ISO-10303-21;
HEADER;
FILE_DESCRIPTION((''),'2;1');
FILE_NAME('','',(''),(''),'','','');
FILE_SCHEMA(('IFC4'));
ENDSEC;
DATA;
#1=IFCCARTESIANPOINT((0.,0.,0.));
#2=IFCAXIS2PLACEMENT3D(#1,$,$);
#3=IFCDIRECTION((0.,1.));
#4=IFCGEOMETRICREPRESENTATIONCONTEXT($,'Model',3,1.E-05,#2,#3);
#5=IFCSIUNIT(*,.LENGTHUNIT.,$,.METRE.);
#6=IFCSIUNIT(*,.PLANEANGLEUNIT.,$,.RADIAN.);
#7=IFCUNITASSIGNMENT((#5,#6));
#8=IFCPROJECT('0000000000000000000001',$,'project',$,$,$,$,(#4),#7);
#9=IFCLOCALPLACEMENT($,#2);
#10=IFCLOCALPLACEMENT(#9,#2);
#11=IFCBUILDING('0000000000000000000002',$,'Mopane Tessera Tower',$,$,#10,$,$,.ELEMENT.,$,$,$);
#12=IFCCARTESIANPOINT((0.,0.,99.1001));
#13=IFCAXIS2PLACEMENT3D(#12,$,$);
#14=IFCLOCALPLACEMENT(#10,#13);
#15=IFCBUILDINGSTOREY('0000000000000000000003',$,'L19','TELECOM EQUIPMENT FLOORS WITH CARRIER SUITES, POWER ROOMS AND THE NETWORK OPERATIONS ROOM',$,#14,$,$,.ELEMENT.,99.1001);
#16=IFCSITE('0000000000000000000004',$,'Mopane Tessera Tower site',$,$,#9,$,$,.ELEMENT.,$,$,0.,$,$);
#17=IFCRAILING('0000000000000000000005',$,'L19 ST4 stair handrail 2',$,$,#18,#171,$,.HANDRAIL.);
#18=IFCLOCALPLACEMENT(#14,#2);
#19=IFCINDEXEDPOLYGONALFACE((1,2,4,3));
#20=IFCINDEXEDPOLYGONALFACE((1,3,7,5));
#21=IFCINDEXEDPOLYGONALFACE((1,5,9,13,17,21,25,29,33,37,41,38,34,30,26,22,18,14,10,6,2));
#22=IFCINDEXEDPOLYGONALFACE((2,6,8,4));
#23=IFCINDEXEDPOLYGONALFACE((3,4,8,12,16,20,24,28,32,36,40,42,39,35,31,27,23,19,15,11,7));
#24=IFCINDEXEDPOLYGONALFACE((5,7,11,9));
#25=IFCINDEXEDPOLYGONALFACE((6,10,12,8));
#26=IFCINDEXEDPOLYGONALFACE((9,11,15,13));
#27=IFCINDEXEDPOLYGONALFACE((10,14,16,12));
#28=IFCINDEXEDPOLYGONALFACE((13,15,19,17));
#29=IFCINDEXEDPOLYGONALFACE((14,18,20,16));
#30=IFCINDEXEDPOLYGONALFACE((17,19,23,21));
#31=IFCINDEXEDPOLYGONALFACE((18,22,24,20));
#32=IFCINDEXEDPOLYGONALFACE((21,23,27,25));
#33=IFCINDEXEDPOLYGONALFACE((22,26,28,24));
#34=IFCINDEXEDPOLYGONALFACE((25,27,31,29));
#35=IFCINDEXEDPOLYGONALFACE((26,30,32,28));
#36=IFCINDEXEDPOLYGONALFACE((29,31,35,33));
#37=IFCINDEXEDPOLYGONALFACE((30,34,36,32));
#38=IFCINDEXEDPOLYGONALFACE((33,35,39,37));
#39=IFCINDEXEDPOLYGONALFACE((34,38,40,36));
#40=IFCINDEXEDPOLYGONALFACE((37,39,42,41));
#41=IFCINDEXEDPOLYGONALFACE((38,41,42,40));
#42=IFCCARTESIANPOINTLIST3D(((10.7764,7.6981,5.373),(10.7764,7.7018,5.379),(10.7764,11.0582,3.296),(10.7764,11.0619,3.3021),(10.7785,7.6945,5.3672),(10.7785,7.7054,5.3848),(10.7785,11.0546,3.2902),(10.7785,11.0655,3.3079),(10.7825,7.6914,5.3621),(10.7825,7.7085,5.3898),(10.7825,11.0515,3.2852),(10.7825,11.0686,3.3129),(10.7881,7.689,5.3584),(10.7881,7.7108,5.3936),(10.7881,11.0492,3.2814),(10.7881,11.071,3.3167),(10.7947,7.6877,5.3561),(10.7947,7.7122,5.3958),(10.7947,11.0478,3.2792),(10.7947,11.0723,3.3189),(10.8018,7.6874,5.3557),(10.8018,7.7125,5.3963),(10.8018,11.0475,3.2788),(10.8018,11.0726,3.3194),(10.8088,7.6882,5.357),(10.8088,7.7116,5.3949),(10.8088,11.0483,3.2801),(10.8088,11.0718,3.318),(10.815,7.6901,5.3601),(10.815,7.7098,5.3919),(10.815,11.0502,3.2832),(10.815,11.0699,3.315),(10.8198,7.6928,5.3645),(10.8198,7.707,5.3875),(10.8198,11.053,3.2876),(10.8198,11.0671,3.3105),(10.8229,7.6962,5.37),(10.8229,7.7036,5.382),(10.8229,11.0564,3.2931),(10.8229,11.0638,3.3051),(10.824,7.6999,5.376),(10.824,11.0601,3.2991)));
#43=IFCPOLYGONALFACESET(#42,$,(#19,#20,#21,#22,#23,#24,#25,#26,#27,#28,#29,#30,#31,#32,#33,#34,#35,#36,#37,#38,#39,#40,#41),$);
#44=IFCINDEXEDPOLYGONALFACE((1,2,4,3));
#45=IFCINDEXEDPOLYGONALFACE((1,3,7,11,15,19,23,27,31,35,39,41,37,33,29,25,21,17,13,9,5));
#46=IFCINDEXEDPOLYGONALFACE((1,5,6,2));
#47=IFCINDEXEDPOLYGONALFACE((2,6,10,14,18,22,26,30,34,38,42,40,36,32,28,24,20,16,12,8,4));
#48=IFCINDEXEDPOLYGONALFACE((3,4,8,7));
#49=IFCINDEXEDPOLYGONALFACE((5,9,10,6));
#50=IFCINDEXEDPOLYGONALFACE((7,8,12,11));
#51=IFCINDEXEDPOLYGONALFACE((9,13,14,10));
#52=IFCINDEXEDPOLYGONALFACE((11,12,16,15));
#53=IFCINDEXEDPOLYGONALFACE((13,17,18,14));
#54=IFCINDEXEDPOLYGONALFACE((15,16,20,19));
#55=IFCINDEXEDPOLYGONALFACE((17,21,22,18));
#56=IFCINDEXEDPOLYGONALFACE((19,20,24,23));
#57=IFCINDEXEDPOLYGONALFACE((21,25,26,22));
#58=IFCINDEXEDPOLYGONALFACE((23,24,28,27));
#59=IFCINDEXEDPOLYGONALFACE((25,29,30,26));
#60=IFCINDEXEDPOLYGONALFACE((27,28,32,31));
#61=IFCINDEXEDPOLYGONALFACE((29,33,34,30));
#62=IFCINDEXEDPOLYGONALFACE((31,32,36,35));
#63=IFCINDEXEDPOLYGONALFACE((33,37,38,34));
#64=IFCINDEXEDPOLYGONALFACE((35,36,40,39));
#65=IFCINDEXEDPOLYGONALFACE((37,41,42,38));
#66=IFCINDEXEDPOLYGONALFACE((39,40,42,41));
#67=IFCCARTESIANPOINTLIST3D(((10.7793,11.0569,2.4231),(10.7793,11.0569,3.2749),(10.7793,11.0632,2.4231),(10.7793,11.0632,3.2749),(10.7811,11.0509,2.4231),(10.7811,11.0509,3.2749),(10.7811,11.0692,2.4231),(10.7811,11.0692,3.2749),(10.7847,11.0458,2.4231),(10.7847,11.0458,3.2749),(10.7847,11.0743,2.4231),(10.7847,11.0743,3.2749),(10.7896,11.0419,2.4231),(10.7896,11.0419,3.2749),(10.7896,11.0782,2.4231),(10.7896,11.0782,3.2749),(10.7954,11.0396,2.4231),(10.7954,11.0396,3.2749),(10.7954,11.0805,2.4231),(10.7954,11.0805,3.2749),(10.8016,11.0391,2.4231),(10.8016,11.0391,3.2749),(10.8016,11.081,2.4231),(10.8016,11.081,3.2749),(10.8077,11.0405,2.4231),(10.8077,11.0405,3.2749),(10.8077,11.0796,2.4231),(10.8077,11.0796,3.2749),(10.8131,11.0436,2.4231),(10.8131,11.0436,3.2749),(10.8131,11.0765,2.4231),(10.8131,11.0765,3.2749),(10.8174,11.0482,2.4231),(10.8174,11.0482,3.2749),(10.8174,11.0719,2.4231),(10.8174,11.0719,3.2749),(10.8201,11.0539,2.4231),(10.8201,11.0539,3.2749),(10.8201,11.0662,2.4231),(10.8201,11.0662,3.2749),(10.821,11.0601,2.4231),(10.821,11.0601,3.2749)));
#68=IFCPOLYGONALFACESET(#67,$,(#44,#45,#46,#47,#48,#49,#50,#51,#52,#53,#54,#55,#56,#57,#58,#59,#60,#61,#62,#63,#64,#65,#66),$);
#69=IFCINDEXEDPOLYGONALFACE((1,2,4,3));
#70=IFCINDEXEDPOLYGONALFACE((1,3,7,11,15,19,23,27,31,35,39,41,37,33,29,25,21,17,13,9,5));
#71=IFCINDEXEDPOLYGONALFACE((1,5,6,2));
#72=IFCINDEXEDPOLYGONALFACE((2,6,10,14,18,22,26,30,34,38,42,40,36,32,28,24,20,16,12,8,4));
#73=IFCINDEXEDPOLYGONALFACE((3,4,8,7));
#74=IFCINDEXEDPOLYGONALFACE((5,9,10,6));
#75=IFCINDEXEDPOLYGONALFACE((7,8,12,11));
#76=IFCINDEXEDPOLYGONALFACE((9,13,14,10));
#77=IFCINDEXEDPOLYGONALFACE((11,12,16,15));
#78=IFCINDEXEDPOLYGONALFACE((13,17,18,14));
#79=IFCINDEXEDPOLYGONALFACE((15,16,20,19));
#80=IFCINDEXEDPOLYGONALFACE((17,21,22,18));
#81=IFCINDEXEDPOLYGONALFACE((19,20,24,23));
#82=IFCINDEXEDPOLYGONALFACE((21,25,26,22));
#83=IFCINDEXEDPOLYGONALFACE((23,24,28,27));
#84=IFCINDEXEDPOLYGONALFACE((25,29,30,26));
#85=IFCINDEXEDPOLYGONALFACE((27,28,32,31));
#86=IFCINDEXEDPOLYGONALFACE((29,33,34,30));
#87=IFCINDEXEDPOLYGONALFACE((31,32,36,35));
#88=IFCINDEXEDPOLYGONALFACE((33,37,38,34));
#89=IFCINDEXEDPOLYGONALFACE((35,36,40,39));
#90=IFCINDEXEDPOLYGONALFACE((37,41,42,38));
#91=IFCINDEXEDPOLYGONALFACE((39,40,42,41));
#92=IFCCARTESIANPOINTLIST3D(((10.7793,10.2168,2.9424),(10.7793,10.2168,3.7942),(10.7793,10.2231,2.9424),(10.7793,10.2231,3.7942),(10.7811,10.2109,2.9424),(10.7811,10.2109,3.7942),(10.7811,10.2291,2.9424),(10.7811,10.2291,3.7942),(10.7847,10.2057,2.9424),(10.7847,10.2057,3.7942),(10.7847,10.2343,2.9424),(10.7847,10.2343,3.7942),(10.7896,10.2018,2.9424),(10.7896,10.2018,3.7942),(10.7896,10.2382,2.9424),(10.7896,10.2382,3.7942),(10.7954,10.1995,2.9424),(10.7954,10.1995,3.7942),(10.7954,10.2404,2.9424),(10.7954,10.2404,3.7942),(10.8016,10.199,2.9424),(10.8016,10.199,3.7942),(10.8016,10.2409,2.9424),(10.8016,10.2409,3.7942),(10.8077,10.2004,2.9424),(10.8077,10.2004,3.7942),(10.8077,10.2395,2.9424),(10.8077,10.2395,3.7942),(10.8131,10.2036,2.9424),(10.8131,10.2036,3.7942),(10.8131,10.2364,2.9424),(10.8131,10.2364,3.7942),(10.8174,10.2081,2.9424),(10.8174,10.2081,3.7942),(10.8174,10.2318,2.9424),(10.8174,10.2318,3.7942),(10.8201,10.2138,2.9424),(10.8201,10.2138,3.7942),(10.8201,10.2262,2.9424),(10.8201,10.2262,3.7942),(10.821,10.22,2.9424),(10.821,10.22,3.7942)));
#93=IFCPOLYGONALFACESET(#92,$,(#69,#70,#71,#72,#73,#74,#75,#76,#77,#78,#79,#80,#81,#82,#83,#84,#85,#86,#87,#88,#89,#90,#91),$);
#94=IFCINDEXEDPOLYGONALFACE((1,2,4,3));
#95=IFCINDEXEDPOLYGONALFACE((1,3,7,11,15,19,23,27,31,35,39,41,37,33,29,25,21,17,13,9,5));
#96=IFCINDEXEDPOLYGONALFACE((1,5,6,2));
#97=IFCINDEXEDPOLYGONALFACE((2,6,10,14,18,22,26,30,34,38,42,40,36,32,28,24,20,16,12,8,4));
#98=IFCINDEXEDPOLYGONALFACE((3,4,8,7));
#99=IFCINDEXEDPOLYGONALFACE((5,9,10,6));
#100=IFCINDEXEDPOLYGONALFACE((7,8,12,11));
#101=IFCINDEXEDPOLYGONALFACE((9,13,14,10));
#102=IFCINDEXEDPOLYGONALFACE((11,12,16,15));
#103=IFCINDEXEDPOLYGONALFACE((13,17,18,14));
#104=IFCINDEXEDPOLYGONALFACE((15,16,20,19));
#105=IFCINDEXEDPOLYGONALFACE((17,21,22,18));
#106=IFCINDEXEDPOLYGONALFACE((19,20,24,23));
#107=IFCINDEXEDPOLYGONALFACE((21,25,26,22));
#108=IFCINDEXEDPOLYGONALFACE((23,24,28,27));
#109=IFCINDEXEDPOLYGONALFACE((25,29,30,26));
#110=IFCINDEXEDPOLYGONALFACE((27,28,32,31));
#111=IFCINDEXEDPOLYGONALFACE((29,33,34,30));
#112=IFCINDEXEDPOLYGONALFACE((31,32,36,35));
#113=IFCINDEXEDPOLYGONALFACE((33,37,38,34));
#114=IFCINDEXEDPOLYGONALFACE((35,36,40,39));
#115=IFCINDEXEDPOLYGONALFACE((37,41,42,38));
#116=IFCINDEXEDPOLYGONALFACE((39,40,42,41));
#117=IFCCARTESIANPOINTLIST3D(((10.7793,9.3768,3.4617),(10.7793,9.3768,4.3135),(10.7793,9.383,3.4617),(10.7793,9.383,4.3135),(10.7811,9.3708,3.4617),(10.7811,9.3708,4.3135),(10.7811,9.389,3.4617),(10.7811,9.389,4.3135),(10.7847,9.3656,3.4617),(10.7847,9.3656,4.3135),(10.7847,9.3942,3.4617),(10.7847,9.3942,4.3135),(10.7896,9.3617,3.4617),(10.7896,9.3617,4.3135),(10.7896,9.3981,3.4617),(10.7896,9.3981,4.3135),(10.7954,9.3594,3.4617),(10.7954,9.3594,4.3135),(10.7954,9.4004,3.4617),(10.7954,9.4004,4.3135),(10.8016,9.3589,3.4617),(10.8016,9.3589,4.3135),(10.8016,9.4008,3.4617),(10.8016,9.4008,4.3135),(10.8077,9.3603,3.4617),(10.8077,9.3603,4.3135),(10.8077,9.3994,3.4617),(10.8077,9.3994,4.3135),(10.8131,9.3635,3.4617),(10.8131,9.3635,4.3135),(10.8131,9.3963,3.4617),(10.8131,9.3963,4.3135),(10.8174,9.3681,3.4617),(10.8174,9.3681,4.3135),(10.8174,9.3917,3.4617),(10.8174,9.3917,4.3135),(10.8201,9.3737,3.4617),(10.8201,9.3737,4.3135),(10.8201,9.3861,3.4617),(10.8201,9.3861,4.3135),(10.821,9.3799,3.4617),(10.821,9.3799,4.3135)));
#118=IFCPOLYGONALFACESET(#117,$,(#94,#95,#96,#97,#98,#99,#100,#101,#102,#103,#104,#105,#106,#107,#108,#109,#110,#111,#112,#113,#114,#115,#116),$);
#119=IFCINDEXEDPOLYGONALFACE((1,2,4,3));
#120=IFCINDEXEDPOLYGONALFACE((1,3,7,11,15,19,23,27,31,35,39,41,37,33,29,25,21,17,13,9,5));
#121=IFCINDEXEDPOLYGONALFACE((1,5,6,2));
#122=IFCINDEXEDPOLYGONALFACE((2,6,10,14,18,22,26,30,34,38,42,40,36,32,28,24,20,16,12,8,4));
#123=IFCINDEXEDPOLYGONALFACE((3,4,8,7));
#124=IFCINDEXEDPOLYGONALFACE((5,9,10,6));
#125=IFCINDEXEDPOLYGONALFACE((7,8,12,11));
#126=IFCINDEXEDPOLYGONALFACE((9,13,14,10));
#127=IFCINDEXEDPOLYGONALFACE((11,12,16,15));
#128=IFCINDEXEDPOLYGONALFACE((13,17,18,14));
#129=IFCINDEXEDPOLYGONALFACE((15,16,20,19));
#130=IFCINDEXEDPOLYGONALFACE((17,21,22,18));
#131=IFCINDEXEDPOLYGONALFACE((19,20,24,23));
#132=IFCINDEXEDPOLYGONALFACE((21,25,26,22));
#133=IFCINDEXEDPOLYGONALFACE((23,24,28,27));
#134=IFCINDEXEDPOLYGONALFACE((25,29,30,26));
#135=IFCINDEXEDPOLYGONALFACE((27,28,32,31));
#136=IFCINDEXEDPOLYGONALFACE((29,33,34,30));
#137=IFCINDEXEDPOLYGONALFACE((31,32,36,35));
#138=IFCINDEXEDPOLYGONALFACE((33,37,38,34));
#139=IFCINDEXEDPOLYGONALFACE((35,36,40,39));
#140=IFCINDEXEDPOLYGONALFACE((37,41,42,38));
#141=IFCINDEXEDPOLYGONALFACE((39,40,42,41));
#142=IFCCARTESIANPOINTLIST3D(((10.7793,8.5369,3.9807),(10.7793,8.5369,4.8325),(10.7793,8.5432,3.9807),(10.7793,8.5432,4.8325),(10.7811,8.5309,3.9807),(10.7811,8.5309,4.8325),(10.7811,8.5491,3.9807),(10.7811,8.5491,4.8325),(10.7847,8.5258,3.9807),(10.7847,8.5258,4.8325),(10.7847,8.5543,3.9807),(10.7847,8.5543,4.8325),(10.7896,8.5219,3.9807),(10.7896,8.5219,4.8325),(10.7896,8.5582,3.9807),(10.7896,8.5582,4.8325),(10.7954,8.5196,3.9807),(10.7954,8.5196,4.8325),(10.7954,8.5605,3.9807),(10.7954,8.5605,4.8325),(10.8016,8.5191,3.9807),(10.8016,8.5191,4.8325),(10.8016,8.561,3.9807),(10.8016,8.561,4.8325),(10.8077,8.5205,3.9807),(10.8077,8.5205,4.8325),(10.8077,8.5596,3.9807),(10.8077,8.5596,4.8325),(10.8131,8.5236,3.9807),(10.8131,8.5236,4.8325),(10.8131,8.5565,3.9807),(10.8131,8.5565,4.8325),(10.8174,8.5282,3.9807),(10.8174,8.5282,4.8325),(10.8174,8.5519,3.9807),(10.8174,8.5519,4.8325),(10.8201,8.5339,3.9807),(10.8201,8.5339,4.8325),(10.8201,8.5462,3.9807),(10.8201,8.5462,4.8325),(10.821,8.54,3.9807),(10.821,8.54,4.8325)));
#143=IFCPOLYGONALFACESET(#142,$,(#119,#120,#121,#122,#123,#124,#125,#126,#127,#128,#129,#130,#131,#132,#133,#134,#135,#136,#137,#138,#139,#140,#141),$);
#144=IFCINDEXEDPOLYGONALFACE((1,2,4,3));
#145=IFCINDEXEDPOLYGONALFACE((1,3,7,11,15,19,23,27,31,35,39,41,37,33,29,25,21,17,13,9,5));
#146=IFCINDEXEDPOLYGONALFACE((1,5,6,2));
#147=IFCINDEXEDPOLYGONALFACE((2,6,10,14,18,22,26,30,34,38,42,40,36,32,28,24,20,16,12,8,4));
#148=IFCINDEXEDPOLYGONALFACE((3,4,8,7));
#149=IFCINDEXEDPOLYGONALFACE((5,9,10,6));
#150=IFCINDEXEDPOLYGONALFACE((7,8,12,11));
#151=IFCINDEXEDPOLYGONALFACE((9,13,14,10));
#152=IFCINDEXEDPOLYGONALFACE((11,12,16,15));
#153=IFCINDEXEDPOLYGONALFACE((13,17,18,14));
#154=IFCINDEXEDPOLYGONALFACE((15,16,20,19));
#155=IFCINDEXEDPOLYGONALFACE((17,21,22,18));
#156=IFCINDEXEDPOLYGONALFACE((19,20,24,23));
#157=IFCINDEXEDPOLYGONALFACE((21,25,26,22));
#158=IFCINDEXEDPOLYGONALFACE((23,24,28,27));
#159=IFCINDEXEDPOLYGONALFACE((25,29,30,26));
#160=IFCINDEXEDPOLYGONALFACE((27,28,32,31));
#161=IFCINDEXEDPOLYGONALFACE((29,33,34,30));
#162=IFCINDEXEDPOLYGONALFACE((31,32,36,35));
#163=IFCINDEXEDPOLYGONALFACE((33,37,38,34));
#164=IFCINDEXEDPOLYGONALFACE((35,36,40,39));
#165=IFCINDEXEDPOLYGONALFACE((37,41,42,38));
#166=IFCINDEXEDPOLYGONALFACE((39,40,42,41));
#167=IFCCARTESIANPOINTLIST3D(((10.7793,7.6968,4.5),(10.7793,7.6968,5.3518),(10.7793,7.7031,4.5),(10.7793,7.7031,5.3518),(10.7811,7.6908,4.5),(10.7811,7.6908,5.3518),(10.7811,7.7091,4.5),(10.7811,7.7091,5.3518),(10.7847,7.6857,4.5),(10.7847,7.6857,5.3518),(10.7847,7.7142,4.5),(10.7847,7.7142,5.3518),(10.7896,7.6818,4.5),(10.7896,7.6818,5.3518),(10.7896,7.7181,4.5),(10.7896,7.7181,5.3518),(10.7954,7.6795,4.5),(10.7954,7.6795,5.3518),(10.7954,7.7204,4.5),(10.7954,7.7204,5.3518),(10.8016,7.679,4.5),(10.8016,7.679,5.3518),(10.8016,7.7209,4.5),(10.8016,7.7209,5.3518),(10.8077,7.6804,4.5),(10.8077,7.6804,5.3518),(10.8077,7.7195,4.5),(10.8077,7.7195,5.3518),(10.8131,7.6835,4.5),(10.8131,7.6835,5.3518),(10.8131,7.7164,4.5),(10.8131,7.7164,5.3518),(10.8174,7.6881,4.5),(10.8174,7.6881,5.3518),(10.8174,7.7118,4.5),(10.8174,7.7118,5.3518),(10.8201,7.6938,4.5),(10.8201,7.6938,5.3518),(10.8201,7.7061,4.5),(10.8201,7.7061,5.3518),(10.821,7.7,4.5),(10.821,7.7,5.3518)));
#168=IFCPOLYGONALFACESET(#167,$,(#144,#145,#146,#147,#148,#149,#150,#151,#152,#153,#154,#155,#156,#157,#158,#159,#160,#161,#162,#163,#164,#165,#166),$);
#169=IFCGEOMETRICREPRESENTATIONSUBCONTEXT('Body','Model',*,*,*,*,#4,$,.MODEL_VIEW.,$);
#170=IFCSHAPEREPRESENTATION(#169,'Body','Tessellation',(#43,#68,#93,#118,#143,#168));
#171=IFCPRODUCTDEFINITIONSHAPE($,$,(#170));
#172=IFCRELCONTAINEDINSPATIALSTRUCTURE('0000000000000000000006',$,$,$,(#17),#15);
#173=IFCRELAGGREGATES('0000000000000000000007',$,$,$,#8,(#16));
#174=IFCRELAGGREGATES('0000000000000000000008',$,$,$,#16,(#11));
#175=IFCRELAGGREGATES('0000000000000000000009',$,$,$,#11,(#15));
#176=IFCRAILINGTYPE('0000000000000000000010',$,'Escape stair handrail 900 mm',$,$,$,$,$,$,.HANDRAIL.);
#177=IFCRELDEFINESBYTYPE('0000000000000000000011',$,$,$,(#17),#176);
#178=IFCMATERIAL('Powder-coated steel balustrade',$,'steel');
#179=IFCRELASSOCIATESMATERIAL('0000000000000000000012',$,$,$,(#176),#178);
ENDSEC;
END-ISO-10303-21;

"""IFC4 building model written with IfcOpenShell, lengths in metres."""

from ifc_helpers import new_model, si_unit, direction, frame, origin, origin_2d, place, context, subcontext, project, spatial, circle, extrude, material, type_object, element, save


model = new_model("IFC4")

# Units and contexts
model_context = context("Model", 3, precision=1e-05, world=origin(), true_north=direction((0.0, 1.0)))
body_context = subcontext(model_context, "Body", "Model", "MODEL_VIEW")
ifc_project = project(units=[si_unit("LENGTHUNIT", "METRE"), si_unit("PLANEANGLEUNIT", "RADIAN")], contexts=[model_context])

# Site, building, storey
site_placement = place(None, origin())
site = spatial("IfcSite", under=ifc_project, at=site_placement, Name="Mopane Tessera Tower site", CompositionType="ELEMENT", RefElevation=0.0)
building_placement = place(site_placement, origin())
building = spatial("IfcBuilding", under=site, at=building_placement, Name="Mopane Tessera Tower", CompositionType="ELEMENT")
storey_placement = place(building_placement, frame((0.0, 0.0, 99.1001)))
storey = spatial("IfcBuildingStorey", under=building, at=storey_placement, Name="L19", Description="TELECOM EQUIPMENT FLOORS WITH CARRIER SUITES, POWER ROOMS AND THE NETWORK OPERATIONS ROOM", CompositionType="ELEMENT", Elevation=99.1001)

# Railing
ifc_material_1 = material(Name="Powder-coated steel balustrade", Category="steel")
railing_type_1 = type_object("IfcRailingType", Name="Escape stair handrail 900 mm", PredefinedType="HANDRAIL", material=ifc_material_1)
railing_1_placement = place(storey_placement, frame((10.8, 11.0601, 2.4231)))
element("IfcRailing", 1, at=railing_1_placement, inside=storey, type_object=railing_type_1, Name="L19 ST4 stair handrail 2", PredefinedType="HANDRAIL", context=body_context, shape_type="SweptSolid", body=[
    extrude(circle(Radius=0.0239, at=origin_2d()), frame((0.0, 0.0, 0.876), z_axis=(0.0, -0.850623, 0.525776), x_axis=(1.0, 0.0, 0.0)), (0.0, 0.0, 1.0), 3.9502),
    extrude(circle(Radius=0.021, at=origin_2d()), origin(), (0.0, 0.0, 1.0), 0.8518),
    extrude(circle(Radius=0.021, at=origin_2d()), frame((0.0, -0.8401, 0.5193)), (0.0, 0.0, 1.0), 0.8518),
    extrude(circle(Radius=0.021, at=origin_2d()), frame((0.0, -1.6802, 1.0386)), (0.0, 0.0, 1.0), 0.8518),
    extrude(circle(Radius=0.021, at=origin_2d()), frame((0.0, -2.52, 1.5576)), (0.0, 0.0, 1.0), 0.8518),
    extrude(circle(Radius=0.021, at=origin_2d()), frame((0.0, -3.3601, 2.0769)), (0.0, 0.0, 1.0), 0.8518),
])

save(model, "model.ifc")
